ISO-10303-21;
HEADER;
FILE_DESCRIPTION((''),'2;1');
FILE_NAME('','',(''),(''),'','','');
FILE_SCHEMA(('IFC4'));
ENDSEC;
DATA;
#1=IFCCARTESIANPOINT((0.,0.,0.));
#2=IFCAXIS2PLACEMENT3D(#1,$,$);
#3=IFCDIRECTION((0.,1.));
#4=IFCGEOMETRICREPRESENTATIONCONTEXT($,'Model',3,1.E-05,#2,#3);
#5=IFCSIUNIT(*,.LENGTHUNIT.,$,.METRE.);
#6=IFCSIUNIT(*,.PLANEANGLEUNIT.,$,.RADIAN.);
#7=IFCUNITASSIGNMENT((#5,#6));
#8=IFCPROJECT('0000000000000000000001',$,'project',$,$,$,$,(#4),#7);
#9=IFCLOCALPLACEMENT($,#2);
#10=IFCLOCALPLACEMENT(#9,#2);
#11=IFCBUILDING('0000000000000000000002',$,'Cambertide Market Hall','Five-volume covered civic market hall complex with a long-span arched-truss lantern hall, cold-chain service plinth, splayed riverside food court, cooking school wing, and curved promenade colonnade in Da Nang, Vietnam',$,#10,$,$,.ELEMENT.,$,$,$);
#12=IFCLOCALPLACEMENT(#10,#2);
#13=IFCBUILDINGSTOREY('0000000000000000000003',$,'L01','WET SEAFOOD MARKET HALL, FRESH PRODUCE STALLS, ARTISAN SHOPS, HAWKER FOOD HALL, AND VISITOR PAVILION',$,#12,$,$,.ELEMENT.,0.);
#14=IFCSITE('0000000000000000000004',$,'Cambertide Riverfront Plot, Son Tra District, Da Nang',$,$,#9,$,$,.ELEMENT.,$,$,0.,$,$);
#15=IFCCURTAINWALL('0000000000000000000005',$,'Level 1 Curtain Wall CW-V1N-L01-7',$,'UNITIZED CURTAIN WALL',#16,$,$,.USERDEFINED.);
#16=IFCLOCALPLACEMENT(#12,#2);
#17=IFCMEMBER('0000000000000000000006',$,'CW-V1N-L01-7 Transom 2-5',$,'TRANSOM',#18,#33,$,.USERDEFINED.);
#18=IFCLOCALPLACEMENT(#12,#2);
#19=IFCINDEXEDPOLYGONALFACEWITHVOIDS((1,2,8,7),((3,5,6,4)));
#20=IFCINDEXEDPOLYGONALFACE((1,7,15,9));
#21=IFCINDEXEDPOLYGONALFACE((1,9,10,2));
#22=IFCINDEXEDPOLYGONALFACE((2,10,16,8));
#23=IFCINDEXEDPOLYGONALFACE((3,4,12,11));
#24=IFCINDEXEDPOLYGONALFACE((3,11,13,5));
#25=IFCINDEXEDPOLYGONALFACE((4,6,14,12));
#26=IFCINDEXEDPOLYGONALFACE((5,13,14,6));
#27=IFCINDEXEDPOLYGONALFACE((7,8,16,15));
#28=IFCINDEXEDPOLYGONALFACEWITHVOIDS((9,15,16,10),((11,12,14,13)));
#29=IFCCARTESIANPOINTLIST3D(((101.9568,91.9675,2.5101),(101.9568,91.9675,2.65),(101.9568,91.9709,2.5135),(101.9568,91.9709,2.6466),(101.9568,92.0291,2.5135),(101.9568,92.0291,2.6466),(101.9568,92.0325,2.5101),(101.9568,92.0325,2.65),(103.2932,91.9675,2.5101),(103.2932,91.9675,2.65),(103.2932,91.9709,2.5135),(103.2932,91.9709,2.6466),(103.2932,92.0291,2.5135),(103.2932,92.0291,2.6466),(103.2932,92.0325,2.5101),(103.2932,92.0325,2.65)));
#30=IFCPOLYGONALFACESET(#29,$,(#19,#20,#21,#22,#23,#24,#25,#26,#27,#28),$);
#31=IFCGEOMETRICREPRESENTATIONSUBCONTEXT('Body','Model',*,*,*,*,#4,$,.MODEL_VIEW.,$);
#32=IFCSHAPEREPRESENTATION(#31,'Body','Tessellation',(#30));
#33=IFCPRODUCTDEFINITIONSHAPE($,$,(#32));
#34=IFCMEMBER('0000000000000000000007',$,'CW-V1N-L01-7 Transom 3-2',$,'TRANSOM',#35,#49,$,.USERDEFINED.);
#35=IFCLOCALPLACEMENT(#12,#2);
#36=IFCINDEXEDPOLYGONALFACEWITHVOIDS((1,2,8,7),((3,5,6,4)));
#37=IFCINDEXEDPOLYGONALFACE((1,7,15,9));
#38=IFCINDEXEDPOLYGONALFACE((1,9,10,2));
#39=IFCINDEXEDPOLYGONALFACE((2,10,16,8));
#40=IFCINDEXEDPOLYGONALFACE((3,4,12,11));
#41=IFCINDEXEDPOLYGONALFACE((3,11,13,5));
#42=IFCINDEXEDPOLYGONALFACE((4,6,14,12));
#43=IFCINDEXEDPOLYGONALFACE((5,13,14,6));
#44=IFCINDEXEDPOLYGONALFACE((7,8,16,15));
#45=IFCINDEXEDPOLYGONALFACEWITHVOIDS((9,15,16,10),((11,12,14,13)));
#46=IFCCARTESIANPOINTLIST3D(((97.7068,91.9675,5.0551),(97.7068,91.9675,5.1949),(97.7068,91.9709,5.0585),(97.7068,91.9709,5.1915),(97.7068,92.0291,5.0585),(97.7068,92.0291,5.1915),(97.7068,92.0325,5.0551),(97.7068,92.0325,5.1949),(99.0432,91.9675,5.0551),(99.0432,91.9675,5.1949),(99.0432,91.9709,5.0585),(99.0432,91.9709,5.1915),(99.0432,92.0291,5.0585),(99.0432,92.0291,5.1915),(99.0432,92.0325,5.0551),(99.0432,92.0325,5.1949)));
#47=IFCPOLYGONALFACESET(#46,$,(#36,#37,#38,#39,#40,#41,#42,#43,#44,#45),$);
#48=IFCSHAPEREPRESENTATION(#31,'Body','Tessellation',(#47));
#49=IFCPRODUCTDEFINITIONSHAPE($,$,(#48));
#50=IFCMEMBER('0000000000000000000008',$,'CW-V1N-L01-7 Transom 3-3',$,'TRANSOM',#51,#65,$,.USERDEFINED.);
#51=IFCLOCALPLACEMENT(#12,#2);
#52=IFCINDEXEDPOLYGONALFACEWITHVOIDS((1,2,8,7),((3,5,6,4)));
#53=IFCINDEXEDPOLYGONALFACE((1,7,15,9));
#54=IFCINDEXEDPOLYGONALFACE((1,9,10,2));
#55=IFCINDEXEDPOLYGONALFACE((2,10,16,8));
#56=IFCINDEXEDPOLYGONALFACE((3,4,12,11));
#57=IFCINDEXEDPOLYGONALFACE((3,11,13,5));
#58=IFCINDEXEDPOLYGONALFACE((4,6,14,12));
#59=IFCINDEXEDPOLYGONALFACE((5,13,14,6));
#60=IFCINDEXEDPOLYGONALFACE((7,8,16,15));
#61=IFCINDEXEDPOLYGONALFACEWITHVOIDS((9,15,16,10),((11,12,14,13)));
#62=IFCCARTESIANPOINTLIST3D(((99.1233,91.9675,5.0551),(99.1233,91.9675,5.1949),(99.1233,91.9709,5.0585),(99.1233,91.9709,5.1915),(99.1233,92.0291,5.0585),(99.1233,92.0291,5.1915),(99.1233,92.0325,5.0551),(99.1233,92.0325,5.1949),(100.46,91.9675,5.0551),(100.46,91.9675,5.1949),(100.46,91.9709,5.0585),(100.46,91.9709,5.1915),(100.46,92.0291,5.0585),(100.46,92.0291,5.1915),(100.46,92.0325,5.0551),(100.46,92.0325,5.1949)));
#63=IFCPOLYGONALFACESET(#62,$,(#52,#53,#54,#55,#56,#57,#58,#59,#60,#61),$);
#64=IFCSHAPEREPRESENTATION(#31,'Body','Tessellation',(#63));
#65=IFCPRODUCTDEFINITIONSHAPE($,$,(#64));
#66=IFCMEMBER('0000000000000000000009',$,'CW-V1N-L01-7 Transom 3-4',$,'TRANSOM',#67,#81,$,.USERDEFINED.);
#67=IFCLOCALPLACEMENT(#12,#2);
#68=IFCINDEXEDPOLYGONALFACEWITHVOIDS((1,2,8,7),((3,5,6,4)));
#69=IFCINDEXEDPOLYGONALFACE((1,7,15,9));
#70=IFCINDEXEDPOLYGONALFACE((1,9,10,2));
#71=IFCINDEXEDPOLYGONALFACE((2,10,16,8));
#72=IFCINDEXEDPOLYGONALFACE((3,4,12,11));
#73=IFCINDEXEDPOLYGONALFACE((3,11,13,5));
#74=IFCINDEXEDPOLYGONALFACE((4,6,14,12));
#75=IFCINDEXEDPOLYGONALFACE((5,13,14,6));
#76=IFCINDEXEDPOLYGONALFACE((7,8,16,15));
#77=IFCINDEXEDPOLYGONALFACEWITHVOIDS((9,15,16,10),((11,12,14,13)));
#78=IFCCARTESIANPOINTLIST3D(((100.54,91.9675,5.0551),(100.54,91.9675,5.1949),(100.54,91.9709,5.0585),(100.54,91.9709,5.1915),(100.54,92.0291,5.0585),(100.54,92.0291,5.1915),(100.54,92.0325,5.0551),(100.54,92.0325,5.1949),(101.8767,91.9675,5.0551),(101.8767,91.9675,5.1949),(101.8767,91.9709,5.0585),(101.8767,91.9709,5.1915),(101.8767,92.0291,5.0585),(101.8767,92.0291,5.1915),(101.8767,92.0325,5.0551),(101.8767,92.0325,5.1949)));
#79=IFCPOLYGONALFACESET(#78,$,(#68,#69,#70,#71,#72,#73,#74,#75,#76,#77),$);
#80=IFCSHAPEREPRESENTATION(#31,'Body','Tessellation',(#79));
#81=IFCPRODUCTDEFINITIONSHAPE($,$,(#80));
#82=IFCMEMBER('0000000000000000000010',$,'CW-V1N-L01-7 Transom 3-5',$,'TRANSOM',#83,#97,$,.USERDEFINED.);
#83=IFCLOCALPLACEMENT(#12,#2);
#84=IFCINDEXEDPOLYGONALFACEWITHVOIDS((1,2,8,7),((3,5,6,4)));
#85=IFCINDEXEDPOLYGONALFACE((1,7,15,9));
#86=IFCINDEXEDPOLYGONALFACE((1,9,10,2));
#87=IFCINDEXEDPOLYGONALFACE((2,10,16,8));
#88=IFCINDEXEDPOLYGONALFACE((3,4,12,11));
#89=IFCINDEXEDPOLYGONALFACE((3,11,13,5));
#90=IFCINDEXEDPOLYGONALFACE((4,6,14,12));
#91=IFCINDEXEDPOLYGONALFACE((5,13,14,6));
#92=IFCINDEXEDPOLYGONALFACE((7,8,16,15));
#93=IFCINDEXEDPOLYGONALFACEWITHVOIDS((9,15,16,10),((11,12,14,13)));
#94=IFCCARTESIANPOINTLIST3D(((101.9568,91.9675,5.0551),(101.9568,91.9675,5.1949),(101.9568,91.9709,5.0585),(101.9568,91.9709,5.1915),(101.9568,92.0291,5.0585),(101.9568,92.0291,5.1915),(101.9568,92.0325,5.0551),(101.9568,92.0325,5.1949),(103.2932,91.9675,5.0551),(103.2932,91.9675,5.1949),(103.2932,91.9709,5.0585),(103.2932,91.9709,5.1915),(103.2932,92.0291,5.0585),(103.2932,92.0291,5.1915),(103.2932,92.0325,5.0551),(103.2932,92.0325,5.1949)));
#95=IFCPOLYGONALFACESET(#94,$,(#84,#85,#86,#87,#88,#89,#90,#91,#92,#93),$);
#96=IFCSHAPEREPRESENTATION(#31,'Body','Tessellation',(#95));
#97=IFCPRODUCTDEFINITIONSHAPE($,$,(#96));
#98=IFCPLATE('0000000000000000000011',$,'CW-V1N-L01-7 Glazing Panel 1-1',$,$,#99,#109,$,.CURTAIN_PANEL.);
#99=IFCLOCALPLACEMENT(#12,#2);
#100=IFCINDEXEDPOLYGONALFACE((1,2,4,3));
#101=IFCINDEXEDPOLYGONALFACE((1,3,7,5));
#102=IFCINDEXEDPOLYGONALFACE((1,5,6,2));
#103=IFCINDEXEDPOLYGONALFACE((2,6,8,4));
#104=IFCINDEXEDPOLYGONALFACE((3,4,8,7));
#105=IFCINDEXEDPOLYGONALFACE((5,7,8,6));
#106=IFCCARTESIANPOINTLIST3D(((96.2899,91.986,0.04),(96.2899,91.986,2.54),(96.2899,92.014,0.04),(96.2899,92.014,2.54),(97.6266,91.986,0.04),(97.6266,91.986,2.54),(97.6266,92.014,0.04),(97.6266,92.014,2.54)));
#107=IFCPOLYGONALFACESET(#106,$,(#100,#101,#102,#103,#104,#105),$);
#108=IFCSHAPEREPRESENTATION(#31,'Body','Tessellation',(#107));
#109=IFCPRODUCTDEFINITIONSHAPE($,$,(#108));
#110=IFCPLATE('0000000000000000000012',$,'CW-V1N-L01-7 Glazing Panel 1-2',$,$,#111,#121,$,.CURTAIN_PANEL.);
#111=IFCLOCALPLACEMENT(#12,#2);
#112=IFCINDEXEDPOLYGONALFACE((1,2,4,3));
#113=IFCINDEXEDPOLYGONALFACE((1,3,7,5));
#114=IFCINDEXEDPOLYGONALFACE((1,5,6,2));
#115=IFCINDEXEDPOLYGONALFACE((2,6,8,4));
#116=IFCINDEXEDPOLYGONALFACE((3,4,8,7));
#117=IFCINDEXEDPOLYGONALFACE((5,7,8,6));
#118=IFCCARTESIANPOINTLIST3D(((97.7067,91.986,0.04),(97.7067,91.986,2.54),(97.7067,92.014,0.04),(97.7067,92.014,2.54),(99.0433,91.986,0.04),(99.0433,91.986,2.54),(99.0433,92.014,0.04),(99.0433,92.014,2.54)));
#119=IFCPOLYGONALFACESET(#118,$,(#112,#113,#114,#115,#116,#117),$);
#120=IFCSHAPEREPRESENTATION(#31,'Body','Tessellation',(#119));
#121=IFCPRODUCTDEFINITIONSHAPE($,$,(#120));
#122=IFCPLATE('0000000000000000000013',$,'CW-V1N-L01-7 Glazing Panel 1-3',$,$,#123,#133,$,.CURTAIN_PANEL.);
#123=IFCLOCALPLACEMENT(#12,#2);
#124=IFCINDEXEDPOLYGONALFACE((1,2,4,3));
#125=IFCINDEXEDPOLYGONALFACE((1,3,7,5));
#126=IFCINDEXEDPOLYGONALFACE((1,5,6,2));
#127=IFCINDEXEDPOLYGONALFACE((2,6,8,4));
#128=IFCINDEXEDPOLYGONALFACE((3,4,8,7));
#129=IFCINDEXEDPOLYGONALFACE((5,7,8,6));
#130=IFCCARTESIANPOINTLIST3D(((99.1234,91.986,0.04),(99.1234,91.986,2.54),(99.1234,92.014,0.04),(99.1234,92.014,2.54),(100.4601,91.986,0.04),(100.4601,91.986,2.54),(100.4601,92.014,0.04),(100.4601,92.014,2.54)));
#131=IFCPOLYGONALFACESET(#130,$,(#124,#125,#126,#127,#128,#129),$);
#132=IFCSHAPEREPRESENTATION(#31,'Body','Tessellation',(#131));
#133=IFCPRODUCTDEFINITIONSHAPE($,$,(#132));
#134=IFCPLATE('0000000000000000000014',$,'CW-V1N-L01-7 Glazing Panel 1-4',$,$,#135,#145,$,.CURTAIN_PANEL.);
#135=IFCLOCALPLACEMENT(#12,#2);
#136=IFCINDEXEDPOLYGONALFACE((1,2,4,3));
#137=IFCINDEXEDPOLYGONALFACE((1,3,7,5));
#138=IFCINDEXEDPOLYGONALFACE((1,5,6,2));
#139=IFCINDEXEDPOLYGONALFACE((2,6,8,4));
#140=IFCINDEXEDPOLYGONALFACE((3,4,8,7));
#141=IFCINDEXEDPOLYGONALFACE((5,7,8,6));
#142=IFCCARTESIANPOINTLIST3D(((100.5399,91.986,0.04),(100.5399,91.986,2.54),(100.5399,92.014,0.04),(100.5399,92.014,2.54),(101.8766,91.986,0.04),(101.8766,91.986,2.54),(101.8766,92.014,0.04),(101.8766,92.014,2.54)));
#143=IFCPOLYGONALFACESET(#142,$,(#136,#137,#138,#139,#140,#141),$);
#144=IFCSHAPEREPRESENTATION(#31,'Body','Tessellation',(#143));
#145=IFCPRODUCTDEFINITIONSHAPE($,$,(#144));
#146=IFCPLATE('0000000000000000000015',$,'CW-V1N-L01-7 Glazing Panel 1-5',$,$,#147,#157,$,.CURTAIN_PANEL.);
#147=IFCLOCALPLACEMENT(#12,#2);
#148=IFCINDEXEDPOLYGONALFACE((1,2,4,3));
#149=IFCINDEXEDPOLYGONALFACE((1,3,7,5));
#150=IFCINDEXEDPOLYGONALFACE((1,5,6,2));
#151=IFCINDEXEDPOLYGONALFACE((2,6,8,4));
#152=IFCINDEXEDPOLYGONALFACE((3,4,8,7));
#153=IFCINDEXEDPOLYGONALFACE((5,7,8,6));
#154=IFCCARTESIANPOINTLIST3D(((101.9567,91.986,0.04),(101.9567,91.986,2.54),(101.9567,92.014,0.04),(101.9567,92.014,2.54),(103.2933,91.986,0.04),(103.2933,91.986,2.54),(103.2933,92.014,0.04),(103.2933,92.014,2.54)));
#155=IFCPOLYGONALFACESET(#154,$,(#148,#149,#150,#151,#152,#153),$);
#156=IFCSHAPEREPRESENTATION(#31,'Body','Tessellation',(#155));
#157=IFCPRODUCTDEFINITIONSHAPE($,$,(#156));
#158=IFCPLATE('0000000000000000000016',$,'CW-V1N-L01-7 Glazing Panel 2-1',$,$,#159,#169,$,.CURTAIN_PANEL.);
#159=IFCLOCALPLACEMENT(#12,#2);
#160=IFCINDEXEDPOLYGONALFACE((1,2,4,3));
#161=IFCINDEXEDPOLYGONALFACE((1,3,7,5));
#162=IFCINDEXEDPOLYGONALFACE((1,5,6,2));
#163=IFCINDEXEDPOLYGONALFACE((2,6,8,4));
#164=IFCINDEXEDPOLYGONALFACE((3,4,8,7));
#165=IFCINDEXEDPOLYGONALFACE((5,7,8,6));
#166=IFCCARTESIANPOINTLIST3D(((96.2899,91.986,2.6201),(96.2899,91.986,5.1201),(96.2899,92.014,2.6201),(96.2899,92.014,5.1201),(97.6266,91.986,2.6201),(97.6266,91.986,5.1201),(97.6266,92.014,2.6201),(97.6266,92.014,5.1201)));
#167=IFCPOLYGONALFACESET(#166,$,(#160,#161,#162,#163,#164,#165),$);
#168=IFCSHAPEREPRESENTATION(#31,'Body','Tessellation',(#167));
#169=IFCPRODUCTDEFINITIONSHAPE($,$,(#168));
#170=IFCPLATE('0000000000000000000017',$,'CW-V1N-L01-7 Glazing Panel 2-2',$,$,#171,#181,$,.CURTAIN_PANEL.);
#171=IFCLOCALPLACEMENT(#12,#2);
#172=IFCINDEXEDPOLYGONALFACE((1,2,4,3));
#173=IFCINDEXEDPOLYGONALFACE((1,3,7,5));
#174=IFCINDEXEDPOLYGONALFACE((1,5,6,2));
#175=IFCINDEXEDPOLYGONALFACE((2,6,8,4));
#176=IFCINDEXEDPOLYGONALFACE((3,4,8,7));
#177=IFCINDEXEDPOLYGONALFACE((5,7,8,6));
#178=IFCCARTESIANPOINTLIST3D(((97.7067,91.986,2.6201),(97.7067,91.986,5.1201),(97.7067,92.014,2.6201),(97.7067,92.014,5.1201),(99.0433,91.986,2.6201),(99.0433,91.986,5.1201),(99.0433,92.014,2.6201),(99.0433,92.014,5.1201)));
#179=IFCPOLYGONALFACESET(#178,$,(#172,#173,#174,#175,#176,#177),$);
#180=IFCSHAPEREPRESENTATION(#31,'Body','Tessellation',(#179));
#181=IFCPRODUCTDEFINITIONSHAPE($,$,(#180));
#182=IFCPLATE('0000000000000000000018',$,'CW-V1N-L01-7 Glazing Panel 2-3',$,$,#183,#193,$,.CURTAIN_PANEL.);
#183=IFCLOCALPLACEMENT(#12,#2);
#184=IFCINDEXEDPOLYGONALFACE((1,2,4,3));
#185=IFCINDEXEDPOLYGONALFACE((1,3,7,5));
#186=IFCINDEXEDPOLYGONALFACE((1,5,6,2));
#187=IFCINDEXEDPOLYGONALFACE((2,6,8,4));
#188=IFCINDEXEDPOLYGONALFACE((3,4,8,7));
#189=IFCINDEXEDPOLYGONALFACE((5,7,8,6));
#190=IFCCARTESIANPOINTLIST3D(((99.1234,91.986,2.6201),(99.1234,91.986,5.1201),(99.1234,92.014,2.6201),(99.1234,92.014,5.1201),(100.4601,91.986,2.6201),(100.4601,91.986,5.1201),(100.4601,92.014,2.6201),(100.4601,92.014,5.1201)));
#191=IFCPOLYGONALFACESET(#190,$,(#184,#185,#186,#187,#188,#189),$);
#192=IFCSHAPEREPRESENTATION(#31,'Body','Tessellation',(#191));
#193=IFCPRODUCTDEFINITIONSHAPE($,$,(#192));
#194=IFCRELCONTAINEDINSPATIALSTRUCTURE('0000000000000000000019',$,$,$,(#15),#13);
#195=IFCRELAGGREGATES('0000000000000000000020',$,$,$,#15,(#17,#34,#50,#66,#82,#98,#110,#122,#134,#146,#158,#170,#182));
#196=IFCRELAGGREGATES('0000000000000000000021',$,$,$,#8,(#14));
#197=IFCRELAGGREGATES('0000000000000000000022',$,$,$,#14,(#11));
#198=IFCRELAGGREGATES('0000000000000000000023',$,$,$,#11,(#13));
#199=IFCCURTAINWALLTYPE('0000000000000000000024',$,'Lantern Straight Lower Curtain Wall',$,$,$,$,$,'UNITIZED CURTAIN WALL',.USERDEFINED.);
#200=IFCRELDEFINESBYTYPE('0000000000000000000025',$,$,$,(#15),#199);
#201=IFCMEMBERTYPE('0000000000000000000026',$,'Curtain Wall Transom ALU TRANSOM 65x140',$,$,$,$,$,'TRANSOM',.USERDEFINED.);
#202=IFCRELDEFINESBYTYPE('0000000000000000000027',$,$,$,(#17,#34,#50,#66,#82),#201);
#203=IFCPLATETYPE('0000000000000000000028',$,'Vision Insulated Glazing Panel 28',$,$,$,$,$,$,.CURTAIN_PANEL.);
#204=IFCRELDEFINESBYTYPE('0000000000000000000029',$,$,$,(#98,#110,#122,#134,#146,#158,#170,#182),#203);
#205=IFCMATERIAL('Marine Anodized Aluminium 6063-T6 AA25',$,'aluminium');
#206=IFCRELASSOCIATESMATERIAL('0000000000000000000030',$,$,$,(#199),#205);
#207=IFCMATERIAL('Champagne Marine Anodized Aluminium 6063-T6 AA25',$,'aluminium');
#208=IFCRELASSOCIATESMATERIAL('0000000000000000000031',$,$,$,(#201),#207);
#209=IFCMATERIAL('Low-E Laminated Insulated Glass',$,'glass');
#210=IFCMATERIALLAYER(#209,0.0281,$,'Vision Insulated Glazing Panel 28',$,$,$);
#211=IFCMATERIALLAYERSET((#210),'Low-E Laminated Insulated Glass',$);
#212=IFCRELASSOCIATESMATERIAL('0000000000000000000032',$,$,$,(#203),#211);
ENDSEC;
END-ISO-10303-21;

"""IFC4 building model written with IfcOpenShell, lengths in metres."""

from ifc_helpers import new_model, si_unit, direction, frame, origin, origin_2d, place, context, subcontext, project, spatial, rectangle, hollow_rectangle, extrude, material, layer, layer_set, material_profile, profile_set, type_object, element, aggregate, save


model = new_model("IFC4")

# Units and contexts
model_context = context("Model", 3, precision=1e-05, world=origin(), true_north=direction((0.0, 1.0)))
body_context = subcontext(model_context, "Body", "Model", "MODEL_VIEW")
ifc_project = project(units=[si_unit("LENGTHUNIT", "METRE"), si_unit("PLANEANGLEUNIT", "RADIAN")], contexts=[model_context])

# Site, building, storey
site_placement = place(None, origin())
site = spatial("IfcSite", under=ifc_project, at=site_placement, Name="Cambertide Riverfront Plot, Son Tra District, Da Nang", CompositionType="ELEMENT", RefElevation=0.0)
building_placement = place(site_placement, origin())
building = spatial("IfcBuilding", under=site, at=building_placement, Name="Cambertide Market Hall", Description="Five-volume covered civic market hall complex with a long-span arched-truss lantern hall, cold-chain service plinth, splayed riverside food court, cooking school wing, and curved promenade colonnade in Da Nang, Vietnam", CompositionType="ELEMENT")
storey_placement = place(building_placement, origin())
storey = spatial("IfcBuildingStorey", under=building, at=storey_placement, Name="L01", Description="WET SEAFOOD MARKET HALL, FRESH PRODUCE STALLS, ARTISAN SHOPS, HAWKER FOOD HALL, AND VISITOR PAVILION", CompositionType="ELEMENT", Elevation=0.0)

# Curtain wall, members, plates
ifc_material_1 = material(Name="Marine Anodized Aluminium 6063-T6 AA25", Category="aluminium")
curtain_wall_type = type_object("IfcCurtainWallType", Name="Lantern Straight Lower Curtain Wall", ElementType="UNITIZED CURTAIN WALL", PredefinedType="USERDEFINED", material=ifc_material_1)
curtain_wall_placement = place(storey_placement, origin())
curtain_wall = element("IfcCurtainWall", 1, at=curtain_wall_placement, inside=storey, type_object=curtain_wall_type, Name="Level 1 Curtain Wall CW-V1N-L01-7", ObjectType="UNITIZED CURTAIN WALL", PredefinedType="USERDEFINED")
ifc_material_2 = material(Name="Champagne Marine Anodized Aluminium 6063-T6 AA25", Category="aluminium")
ifc_material_profile_1 = material_profile(ifc_material_2, hollow_rectangle(XDim=0.0649, YDim=0.1399, WallThickness=0.0034, at=origin_2d()), Name="ALU TRANSOM 65x140")
ifc_profile_set_1 = profile_set([ifc_material_profile_1], Name="Champagne Marine Anodized Aluminium 6063-T6 AA25")
member_type_1 = type_object("IfcMemberType", Name="Curtain Wall Transom ALU TRANSOM 65x140", ElementType="TRANSOM", PredefinedType="USERDEFINED", material=ifc_profile_set_1)
member_1_placement = place(storey_placement, frame((101.9568, 92.0, 2.5801), z_axis=(1.0, 0.0, 0.0), x_axis=(0.0, 1.0, 0.0)))
member_1 = element("IfcMember", 2, at=member_1_placement, type_object=member_type_1, Name="CW-V1N-L01-7 Transom 2-5", ObjectType="TRANSOM", PredefinedType="USERDEFINED", context=body_context, shape_type="SweptSolid", body=[
    extrude(hollow_rectangle(XDim=0.0649, YDim=0.1399, WallThickness=0.0034, at=origin_2d()), origin(), (0.0, 0.0, 1.0), 1.3364),
])
member_2_placement = place(storey_placement, frame((97.7068, 92.0, 5.125), z_axis=(1.0, 0.0, 0.0), x_axis=(0.0, 1.0, 0.0)))
member_2 = element("IfcMember", 3, at=member_2_placement, type_object=member_type_1, Name="CW-V1N-L01-7 Transom 3-2", ObjectType="TRANSOM", PredefinedType="USERDEFINED", context=body_context, shape_type="SweptSolid", body=[
    extrude(hollow_rectangle(XDim=0.0649, YDim=0.1399, WallThickness=0.0034, at=origin_2d()), origin(), (0.0, 0.0, 1.0), 1.3364),
])
member_3_placement = place(storey_placement, frame((99.1233, 92.0, 5.125), z_axis=(1.0, 0.0, 0.0), x_axis=(0.0, 1.0, 0.0)))
member_3 = element("IfcMember", 4, at=member_3_placement, type_object=member_type_1, Name="CW-V1N-L01-7 Transom 3-3", ObjectType="TRANSOM", PredefinedType="USERDEFINED", context=body_context, shape_type="SweptSolid", body=[
    extrude(hollow_rectangle(XDim=0.0649, YDim=0.1399, WallThickness=0.0034, at=origin_2d()), origin(), (0.0, 0.0, 1.0), 1.3367),
])
member_4_placement = place(storey_placement, frame((100.54, 92.0, 5.125), z_axis=(1.0, 0.0, 0.0), x_axis=(0.0, 1.0, 0.0)))
member_4 = element("IfcMember", 5, at=member_4_placement, type_object=member_type_1, Name="CW-V1N-L01-7 Transom 3-4", ObjectType="TRANSOM", PredefinedType="USERDEFINED", context=body_context, shape_type="SweptSolid", body=[
    extrude(hollow_rectangle(XDim=0.0649, YDim=0.1399, WallThickness=0.0034, at=origin_2d()), origin(), (0.0, 0.0, 1.0), 1.3367),
])
member_5_placement = place(storey_placement, frame((101.9568, 92.0, 5.125), z_axis=(1.0, 0.0, 0.0), x_axis=(0.0, 1.0, 0.0)))
member_5 = element("IfcMember", 6, at=member_5_placement, type_object=member_type_1, Name="CW-V1N-L01-7 Transom 3-5", ObjectType="TRANSOM", PredefinedType="USERDEFINED", context=body_context, shape_type="SweptSolid", body=[
    extrude(hollow_rectangle(XDim=0.0649, YDim=0.1399, WallThickness=0.0034, at=origin_2d()), origin(), (0.0, 0.0, 1.0), 1.3364),
])
ifc_material_3 = material(Name="Low-E Laminated Insulated Glass", Category="glass")
ifc_layer = layer(ifc_material_3, 0.0281, Name="Vision Insulated Glazing Panel 28")
ifc_layer_set = layer_set([ifc_layer], Name="Low-E Laminated Insulated Glass")
plate_type = type_object("IfcPlateType", Name="Vision Insulated Glazing Panel 28", PredefinedType="CURTAIN_PANEL", material=ifc_layer_set)
plate_1_placement = place(storey_placement, frame((96.9583, 92.0, 0.04), z_axis=(0.0, 0.0, 1.0), x_axis=(1.0, 0.0, 0.0)))
plate_1 = element("IfcPlate", 7, at=plate_1_placement, type_object=plate_type, Name="CW-V1N-L01-7 Glazing Panel 1-1", PredefinedType="CURTAIN_PANEL", context=body_context, shape_type="SweptSolid", body=[
    extrude(rectangle(XDim=1.3367, YDim=0.0281, at=origin_2d()), origin(), (0.0, 0.0, 1.0), 2.5),
])
plate_2_placement = place(storey_placement, frame((98.375, 92.0, 0.04), z_axis=(0.0, 0.0, 1.0), x_axis=(1.0, 0.0, 0.0)))
plate_2 = element("IfcPlate", 8, at=plate_2_placement, type_object=plate_type, Name="CW-V1N-L01-7 Glazing Panel 1-2", PredefinedType="CURTAIN_PANEL", context=body_context, shape_type="SweptSolid", body=[
    extrude(rectangle(XDim=1.3367, YDim=0.0281, at=origin_2d()), origin(), (0.0, 0.0, 1.0), 2.5),
])
plate_3_placement = place(storey_placement, frame((99.7917, 92.0, 0.04), z_axis=(0.0, 0.0, 1.0), x_axis=(1.0, 0.0, 0.0)))
plate_3 = element("IfcPlate", 9, at=plate_3_placement, type_object=plate_type, Name="CW-V1N-L01-7 Glazing Panel 1-3", PredefinedType="CURTAIN_PANEL", context=body_context, shape_type="SweptSolid", body=[
    extrude(rectangle(XDim=1.3367, YDim=0.0281, at=origin_2d()), origin(), (0.0, 0.0, 1.0), 2.5),
])
plate_4_placement = place(storey_placement, frame((101.2083, 92.0, 0.04), z_axis=(0.0, 0.0, 1.0), x_axis=(1.0, 0.0, 0.0)))
plate_4 = element("IfcPlate", 10, at=plate_4_placement, type_object=plate_type, Name="CW-V1N-L01-7 Glazing Panel 1-4", PredefinedType="CURTAIN_PANEL", context=body_context, shape_type="SweptSolid", body=[
    extrude(rectangle(XDim=1.3367, YDim=0.0281, at=origin_2d()), origin(), (0.0, 0.0, 1.0), 2.5),
])
plate_5_placement = place(storey_placement, frame((102.625, 92.0, 0.04), z_axis=(0.0, 0.0, 1.0), x_axis=(1.0, 0.0, 0.0)))
plate_5 = element("IfcPlate", 11, at=plate_5_placement, type_object=plate_type, Name="CW-V1N-L01-7 Glazing Panel 1-5", PredefinedType="CURTAIN_PANEL", context=body_context, shape_type="SweptSolid", body=[
    extrude(rectangle(XDim=1.3367, YDim=0.0281, at=origin_2d()), origin(), (0.0, 0.0, 1.0), 2.5),
])
plate_6_placement = place(storey_placement, frame((96.9583, 92.0, 2.6201), z_axis=(0.0, 0.0, 1.0), x_axis=(1.0, 0.0, 0.0)))
plate_6 = element("IfcPlate", 12, at=plate_6_placement, type_object=plate_type, Name="CW-V1N-L01-7 Glazing Panel 2-1", PredefinedType="CURTAIN_PANEL", context=body_context, shape_type="SweptSolid", body=[
    extrude(rectangle(XDim=1.3367, YDim=0.0281, at=origin_2d()), origin(), (0.0, 0.0, 1.0), 2.5),
])
plate_7_placement = place(storey_placement, frame((98.375, 92.0, 2.6201), z_axis=(0.0, 0.0, 1.0), x_axis=(1.0, 0.0, 0.0)))
plate_7 = element("IfcPlate", 13, at=plate_7_placement, type_object=plate_type, Name="CW-V1N-L01-7 Glazing Panel 2-2", PredefinedType="CURTAIN_PANEL", context=body_context, shape_type="SweptSolid", body=[
    extrude(rectangle(XDim=1.3367, YDim=0.0281, at=origin_2d()), origin(), (0.0, 0.0, 1.0), 2.5),
])
plate_8_placement = place(storey_placement, frame((99.7917, 92.0, 2.6201), z_axis=(0.0, 0.0, 1.0), x_axis=(1.0, 0.0, 0.0)))
plate_8 = element("IfcPlate", 14, at=plate_8_placement, type_object=plate_type, Name="CW-V1N-L01-7 Glazing Panel 2-3", PredefinedType="CURTAIN_PANEL", context=body_context, shape_type="SweptSolid", body=[
    extrude(rectangle(XDim=1.3367, YDim=0.0281, at=origin_2d()), origin(), (0.0, 0.0, 1.0), 2.5),
])
aggregate(curtain_wall, [member_1, member_2, member_3, member_4, member_5, plate_1, plate_2, plate_3, plate_4, plate_5, plate_6, plate_7, plate_8])

save(model, "model.ifc")
